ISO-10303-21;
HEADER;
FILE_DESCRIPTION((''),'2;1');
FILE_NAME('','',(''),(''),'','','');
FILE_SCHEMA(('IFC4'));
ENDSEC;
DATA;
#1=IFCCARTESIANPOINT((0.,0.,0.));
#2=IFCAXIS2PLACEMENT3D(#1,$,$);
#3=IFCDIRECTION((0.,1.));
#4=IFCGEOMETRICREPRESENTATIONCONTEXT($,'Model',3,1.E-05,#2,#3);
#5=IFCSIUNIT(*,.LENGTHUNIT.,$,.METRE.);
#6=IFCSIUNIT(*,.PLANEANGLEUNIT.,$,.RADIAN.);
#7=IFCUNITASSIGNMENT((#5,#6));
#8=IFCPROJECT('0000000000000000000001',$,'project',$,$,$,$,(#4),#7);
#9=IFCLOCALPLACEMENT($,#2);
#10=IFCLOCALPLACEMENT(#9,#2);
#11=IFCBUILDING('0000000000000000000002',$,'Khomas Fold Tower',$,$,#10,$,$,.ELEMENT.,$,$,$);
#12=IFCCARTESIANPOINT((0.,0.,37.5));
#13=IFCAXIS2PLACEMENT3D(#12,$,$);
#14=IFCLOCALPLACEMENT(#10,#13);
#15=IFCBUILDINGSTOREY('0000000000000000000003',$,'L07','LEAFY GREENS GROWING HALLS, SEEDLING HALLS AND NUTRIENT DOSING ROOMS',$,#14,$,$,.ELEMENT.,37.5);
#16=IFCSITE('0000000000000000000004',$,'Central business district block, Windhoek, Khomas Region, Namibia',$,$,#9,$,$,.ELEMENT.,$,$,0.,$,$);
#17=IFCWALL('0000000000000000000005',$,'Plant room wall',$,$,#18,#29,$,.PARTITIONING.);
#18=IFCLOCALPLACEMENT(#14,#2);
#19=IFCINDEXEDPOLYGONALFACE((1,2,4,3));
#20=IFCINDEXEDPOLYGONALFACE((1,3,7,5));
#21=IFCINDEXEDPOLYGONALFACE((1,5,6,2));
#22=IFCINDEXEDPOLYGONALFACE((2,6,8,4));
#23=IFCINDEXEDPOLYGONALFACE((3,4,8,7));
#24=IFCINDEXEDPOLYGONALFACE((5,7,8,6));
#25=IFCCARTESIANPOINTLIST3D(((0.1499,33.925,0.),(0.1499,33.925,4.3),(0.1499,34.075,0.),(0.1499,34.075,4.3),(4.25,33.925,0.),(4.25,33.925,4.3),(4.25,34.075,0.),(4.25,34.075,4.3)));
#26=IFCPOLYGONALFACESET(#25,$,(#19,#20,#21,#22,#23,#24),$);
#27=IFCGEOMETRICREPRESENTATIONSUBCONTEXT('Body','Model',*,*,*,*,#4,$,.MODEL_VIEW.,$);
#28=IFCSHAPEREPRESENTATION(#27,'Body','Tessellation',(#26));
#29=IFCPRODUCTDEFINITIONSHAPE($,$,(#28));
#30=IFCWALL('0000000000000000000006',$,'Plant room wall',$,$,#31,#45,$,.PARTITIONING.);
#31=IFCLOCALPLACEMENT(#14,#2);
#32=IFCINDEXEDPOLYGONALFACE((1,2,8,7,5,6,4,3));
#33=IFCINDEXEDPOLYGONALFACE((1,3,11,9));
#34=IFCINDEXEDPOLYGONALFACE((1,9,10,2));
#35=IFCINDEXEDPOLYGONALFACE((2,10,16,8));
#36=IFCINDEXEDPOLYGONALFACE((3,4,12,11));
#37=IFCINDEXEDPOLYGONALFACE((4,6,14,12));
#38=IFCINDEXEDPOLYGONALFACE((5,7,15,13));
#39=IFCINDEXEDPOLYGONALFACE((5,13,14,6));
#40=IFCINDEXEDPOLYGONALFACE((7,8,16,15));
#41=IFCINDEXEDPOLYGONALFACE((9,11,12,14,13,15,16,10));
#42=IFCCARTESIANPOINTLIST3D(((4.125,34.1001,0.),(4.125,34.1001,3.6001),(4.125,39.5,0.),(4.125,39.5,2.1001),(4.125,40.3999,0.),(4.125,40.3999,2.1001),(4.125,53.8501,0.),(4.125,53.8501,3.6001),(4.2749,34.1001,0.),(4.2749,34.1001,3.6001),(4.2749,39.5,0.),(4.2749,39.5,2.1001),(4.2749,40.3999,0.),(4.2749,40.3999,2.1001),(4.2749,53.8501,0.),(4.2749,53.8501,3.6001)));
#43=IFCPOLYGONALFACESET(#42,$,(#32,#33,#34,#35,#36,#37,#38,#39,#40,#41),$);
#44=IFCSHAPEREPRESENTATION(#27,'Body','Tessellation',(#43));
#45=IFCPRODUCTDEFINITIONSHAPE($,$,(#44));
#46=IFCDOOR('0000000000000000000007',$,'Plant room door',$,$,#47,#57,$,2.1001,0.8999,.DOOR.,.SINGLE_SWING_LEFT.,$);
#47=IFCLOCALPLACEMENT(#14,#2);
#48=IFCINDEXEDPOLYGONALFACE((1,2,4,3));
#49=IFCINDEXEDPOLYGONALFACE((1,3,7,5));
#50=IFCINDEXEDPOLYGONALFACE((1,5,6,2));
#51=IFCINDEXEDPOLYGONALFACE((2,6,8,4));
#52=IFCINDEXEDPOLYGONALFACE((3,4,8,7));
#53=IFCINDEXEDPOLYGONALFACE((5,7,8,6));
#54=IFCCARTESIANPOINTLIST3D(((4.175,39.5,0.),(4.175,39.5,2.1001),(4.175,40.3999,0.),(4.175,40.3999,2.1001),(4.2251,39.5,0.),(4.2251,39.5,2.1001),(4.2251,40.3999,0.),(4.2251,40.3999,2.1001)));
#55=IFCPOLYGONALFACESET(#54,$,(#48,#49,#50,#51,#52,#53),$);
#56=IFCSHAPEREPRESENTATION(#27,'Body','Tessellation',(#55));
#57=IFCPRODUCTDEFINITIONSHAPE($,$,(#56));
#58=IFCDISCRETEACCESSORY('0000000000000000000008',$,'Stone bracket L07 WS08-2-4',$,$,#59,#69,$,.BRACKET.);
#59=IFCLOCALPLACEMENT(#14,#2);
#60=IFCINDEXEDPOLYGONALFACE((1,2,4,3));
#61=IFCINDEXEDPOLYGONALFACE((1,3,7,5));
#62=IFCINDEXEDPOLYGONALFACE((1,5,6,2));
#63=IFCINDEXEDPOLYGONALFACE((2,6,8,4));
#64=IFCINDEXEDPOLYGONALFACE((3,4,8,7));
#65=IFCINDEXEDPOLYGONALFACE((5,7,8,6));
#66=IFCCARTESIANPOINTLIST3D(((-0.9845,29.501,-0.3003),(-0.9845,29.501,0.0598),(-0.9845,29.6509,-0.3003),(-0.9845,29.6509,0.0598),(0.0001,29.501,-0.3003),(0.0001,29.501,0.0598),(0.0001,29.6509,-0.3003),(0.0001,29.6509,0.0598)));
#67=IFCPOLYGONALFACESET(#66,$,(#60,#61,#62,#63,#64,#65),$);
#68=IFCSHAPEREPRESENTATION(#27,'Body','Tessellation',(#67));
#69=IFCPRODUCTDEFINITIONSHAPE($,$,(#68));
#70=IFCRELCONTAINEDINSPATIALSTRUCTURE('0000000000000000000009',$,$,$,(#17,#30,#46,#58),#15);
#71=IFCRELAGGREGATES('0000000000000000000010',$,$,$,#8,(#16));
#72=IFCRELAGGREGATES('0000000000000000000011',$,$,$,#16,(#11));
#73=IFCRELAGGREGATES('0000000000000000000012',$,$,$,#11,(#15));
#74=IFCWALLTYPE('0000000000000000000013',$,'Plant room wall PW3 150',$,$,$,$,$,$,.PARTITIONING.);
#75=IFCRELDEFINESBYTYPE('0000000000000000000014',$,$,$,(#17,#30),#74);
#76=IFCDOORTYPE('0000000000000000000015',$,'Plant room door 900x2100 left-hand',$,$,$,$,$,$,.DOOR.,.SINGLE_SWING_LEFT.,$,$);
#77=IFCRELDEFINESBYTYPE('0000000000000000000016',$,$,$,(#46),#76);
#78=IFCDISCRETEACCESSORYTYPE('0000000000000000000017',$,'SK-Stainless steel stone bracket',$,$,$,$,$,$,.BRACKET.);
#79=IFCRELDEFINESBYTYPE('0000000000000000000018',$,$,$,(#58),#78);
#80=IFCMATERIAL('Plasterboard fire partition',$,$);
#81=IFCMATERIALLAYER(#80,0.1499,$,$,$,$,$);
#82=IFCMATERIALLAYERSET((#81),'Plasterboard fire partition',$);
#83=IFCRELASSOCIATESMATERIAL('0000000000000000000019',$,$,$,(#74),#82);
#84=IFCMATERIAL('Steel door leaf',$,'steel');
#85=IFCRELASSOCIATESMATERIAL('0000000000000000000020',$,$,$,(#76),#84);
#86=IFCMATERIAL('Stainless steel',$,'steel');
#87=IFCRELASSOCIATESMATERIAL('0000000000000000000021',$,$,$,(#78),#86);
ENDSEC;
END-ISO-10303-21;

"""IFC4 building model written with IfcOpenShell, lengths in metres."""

from ifc_helpers import new_model, si_unit, direction, frame, frame_2d, origin, origin_2d, place, context, subcontext, project, spatial, rectangle, extrude, source, transform, mapped, material, layer, layer_set, type_object, element, fill, save


model = new_model("IFC4")

# Units and contexts
model_context = context("Model", 3, precision=1e-05, world=origin(), true_north=direction((0.0, 1.0)))
body_context = subcontext(model_context, "Body", "Model", "MODEL_VIEW")
ifc_project = project(units=[si_unit("LENGTHUNIT", "METRE"), si_unit("PLANEANGLEUNIT", "RADIAN")], contexts=[model_context])

# Site, building, storey
site_placement = place(None, origin())
site = spatial("IfcSite", under=ifc_project, at=site_placement, Name="Central business district block, Windhoek, Khomas Region, Namibia", CompositionType="ELEMENT", RefElevation=0.0)
building_placement = place(site_placement, origin())
building = spatial("IfcBuilding", under=site, at=building_placement, Name="Khomas Fold Tower", CompositionType="ELEMENT")
storey_placement = place(building_placement, frame((0.0, 0.0, 37.5)))
storey = spatial("IfcBuildingStorey", under=building, at=storey_placement, Name="L07", Description="LEAFY GREENS GROWING HALLS, SEEDLING HALLS AND NUTRIENT DOSING ROOMS", CompositionType="ELEMENT", Elevation=37.5)

# Shared definitions
ifc_material_1 = material(Name="Plasterboard fire partition")
ifc_layer_1 = layer(ifc_material_1, 0.1499)
ifc_layer_set_1 = layer_set([ifc_layer_1], Name="Plasterboard fire partition")
wall_type_1 = type_object("IfcWallType", Name="Plant room wall PW3 150", PredefinedType="PARTITIONING", material=ifc_layer_set_1)
shared_shape_1 = source(origin(), body_context, "Body", "SweptSolid", [
    extrude(rectangle(XDim=0.8999, YDim=2.1001, at=frame_2d((0.45, 1.05))), frame((0.0, 0.085, 0.0), z_axis=(0.0, -1.0, 0.0), x_axis=(1.0, 0.0, 0.0)), (0.0, 0.0, 1.0), 0.1699),
])
ifc_material_2 = material(Name="Steel door leaf", Category="steel")
door_type_1 = type_object("IfcDoorType", Name="Plant room door 900x2100 left-hand", OperationType="SINGLE_SWING_LEFT", PredefinedType="DOOR", material=ifc_material_2)
shared_shape_2 = source(origin(), body_context, "Body", "SweptSolid", [
    extrude(rectangle(XDim=0.8999, YDim=2.1001, at=frame_2d((0.45, 1.05))), frame((0.0, 0.0249, 0.0), z_axis=(0.0, -1.0, 0.0), x_axis=(1.0, 0.0, 0.0)), (0.0, 0.0, 1.0), 0.05),
])

# Wall
shared_shape_3 = source(origin(), body_context, "Body", "SweptSolid", [
    extrude(rectangle(XDim=4.1001, YDim=0.1499, at=frame_2d((2.05, 0.0))), origin(), (0.0, 0.0, 1.0), 4.3),
])
wall_1_placement = place(storey_placement, frame((0.1499, 34.0, 0.0), z_axis=(0.0, 0.0, 1.0), x_axis=(1.0, 0.0, 0.0)))
element("IfcWall", 1, at=wall_1_placement, inside=storey, type_object=wall_type_1, Name="Plant room wall", PredefinedType="PARTITIONING", context=body_context, shape_type="MappedRepresentation", body=[
    mapped(shared_shape_3, transform((0.0, 0.0, 0.0))),
])

# Wall, opening, door
shared_shape_4 = source(origin(), body_context, "Body", "SweptSolid", [
    extrude(rectangle(XDim=19.75, YDim=0.1499, at=frame_2d((9.875, 0.0))), origin(), (0.0, 0.0, 1.0), 3.6001),
])
wall_2_placement = place(storey_placement, frame((4.2, 34.1001, 0.0), z_axis=(0.0, 0.0, 1.0), x_axis=(0.0, 1.0, 0.0)))
wall_2 = element("IfcWall", 2, at=wall_2_placement, inside=storey, type_object=wall_type_1, Name="Plant room wall", PredefinedType="PARTITIONING", context=body_context, shape_type="MappedRepresentation", body=[
    mapped(shared_shape_4, transform((0.0, 0.0, 0.0))),
])
opening_1_placement = place(wall_2_placement, frame((5.3999, 0.0, 0.0)))
opening_1 = element("IfcOpeningElement", 3, at=opening_1_placement, cuts=wall_2, PredefinedType="OPENING", context=body_context, shape_type="MappedRepresentation", body=[
    mapped(shared_shape_1, transform((0.0, 0.0, 0.0))),
])
door_1_placement = place(opening_1_placement, origin())
door_1 = element("IfcDoor", 4, at=door_1_placement, inside=storey, type_object=door_type_1, Name="Plant room door", OperationType="SINGLE_SWING_LEFT", OverallHeight=2.1001, OverallWidth=0.8999, PredefinedType="DOOR", context=body_context, shape_type="MappedRepresentation", body=[
    mapped(shared_shape_2, transform((0.0, 0.0, 0.0))),
])
fill(opening_1, door_1)

# Discrete accessory
ifc_material_3 = material(Name="Stainless steel", Category="steel")
discrete_accessory_type = type_object("IfcDiscreteAccessoryType", Name="SK-Stainless steel stone bracket", PredefinedType="BRACKET", material=ifc_material_3)
shared_shape_5 = source(origin(), body_context, "Body", "SweptSolid", [
    extrude(rectangle(XDim=0.9846, YDim=0.1499, at=origin_2d()), origin(), (0.0, 0.0, 1.0), 0.3601),
])
discrete_accessory_placement = place(storey_placement, frame((-0.4922, 29.5759, -0.3003), z_axis=(0.0, 0.0, 1.0), x_axis=(-1.0, 0.0, 0.0)))
element("IfcDiscreteAccessory", 5, at=discrete_accessory_placement, inside=storey, type_object=discrete_accessory_type, Name="Stone bracket L07 WS08-2-4", PredefinedType="BRACKET", context=body_context, shape_type="MappedRepresentation", body=[
    mapped(shared_shape_5, transform((0.0, 0.0, 0.0))),
])

save(model, "model.ifc")
